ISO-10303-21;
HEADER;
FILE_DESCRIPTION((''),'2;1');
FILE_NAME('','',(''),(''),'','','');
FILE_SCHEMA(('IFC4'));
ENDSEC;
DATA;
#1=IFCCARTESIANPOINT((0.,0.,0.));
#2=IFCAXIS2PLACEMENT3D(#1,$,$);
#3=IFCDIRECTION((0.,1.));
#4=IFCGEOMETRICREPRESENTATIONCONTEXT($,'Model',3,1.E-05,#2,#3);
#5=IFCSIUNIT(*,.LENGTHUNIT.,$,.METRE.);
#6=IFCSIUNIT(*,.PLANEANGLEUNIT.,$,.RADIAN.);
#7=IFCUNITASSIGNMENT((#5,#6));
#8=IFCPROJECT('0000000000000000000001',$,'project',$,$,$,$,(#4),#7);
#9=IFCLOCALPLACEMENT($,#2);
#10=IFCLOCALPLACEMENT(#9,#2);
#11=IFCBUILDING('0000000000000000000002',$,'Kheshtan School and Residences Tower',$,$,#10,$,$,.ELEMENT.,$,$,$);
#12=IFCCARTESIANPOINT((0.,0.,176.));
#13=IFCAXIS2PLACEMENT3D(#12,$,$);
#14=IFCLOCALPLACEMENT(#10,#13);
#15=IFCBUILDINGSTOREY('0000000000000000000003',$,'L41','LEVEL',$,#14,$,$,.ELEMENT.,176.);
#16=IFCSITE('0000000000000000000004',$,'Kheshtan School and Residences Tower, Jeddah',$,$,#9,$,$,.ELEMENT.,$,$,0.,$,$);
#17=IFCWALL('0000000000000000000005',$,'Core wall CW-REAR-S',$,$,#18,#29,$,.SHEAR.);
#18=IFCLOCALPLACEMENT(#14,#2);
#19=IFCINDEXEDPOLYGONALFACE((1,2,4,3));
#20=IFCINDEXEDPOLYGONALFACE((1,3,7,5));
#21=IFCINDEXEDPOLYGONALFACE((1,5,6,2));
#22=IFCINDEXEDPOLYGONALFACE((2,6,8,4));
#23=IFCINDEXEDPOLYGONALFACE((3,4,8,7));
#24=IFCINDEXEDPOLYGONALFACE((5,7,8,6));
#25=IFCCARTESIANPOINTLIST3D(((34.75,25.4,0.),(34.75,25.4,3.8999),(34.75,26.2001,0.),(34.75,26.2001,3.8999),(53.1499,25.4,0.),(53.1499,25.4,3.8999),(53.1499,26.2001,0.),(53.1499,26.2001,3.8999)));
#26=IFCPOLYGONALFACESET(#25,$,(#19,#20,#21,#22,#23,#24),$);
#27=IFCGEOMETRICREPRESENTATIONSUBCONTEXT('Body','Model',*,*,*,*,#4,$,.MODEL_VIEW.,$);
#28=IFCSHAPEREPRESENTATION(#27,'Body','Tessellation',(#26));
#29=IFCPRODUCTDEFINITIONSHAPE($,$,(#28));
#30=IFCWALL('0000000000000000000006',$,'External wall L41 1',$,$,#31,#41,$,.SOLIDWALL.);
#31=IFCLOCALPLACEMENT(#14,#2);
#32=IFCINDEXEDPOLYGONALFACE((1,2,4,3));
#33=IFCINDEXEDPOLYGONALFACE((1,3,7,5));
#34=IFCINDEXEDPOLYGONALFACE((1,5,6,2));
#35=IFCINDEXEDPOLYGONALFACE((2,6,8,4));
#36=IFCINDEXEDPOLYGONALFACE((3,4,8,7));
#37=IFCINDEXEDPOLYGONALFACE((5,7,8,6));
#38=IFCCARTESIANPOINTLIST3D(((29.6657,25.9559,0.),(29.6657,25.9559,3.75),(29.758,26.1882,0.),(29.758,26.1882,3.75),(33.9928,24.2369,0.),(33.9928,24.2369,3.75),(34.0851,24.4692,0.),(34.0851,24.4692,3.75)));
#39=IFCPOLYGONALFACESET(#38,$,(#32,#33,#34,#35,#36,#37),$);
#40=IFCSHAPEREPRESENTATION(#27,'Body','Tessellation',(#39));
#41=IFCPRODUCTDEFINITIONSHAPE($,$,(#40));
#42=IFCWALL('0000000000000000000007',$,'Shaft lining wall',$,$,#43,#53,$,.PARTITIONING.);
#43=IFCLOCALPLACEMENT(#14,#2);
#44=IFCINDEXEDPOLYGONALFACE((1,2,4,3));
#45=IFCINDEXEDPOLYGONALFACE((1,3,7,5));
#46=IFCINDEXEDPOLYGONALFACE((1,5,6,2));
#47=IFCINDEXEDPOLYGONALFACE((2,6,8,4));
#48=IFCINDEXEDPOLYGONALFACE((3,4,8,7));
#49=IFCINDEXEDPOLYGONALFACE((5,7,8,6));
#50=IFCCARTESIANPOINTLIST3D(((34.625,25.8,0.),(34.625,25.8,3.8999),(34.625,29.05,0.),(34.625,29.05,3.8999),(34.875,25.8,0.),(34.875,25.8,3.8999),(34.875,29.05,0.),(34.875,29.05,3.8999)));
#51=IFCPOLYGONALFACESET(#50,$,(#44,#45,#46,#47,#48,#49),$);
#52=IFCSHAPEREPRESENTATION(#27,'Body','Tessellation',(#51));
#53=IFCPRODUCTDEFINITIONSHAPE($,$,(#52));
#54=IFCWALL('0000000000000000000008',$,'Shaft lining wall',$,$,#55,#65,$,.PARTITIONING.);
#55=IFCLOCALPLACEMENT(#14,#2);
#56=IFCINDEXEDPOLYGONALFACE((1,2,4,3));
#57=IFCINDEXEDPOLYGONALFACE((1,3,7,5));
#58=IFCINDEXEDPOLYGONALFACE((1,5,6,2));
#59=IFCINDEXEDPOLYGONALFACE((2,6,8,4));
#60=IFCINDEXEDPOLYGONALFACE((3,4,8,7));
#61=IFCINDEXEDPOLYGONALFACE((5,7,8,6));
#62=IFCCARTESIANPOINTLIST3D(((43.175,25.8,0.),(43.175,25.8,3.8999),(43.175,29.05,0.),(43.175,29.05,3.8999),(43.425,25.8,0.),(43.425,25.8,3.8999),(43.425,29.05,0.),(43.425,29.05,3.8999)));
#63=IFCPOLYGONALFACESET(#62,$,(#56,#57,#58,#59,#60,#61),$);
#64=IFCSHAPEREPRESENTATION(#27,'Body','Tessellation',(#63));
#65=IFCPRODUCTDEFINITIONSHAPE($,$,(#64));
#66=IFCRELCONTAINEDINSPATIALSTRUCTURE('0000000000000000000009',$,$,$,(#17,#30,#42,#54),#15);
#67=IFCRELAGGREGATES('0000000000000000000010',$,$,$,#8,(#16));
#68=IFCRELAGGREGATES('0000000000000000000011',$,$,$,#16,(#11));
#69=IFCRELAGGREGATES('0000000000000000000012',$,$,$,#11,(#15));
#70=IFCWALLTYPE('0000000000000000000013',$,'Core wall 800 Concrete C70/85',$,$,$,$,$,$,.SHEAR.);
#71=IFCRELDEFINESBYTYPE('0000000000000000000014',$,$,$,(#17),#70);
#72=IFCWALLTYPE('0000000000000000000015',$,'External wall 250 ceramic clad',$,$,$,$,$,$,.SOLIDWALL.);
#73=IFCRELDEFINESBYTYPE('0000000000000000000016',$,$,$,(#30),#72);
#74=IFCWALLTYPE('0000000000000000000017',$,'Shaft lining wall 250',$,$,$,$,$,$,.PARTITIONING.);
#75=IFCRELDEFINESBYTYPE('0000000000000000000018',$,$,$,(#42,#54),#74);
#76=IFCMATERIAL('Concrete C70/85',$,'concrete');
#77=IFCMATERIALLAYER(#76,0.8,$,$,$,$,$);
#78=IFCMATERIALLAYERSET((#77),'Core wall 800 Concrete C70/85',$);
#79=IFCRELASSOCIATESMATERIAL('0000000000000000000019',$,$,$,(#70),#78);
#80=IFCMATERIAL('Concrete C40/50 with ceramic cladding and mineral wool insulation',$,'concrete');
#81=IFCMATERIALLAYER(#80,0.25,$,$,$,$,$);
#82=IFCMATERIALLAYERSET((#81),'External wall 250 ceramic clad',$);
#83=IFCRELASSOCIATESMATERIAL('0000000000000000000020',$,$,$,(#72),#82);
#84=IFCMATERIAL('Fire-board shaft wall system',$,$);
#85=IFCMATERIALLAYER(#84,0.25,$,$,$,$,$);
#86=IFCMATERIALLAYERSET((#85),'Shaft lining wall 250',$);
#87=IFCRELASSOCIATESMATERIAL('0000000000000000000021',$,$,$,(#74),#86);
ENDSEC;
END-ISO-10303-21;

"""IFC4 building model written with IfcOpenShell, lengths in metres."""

from ifc_helpers import new_model, si_unit, direction, frame, frame_2d, origin, place, context, subcontext, project, spatial, rectangle, extrude, material, layer, layer_set, type_object, element, save


model = new_model("IFC4")

# Units and contexts
model_context = context("Model", 3, precision=1e-05, world=origin(), true_north=direction((0.0, 1.0)))
body_context = subcontext(model_context, "Body", "Model", "MODEL_VIEW")
ifc_project = project(units=[si_unit("LENGTHUNIT", "METRE"), si_unit("PLANEANGLEUNIT", "RADIAN")], contexts=[model_context])

# Site, building, storey
site_placement = place(None, origin())
site = spatial("IfcSite", under=ifc_project, at=site_placement, Name="Kheshtan School and Residences Tower, Jeddah", CompositionType="ELEMENT", RefElevation=0.0)
building_placement = place(site_placement, origin())
building = spatial("IfcBuilding", under=site, at=building_placement, Name="Kheshtan School and Residences Tower", CompositionType="ELEMENT")
storey_placement = place(building_placement, frame((0.0, 0.0, 176.0)))
storey = spatial("IfcBuildingStorey", under=building, at=storey_placement, Name="L41", Description="LEVEL", CompositionType="ELEMENT", Elevation=176.0)

# Walls
ifc_material_1 = material(Name="Concrete C70/85", Category="concrete")
ifc_layer_1 = layer(ifc_material_1, 0.8)
ifc_layer_set_1 = layer_set([ifc_layer_1], Name="Core wall 800 Concrete C70/85")
wall_type_1 = type_object("IfcWallType", Name="Core wall 800 Concrete C70/85", PredefinedType="SHEAR", material=ifc_layer_set_1)
wall_1_placement = place(storey_placement, frame((34.75, 25.8, 0.0), z_axis=(0.0, 0.0, 1.0), x_axis=(1.0, 0.0, 0.0)))
element("IfcWall", 1, at=wall_1_placement, inside=storey, type_object=wall_type_1, Name="Core wall CW-REAR-S", PredefinedType="SHEAR", context=body_context, shape_type="SweptSolid", body=[
    extrude(rectangle(XDim=18.3999, YDim=0.8, at=frame_2d((9.2, 0.0))), origin(), (0.0, 0.0, 1.0), 3.8999),
])
ifc_material_2 = material(Name="Concrete C40/50 with ceramic cladding and mineral wool insulation", Category="concrete")
ifc_layer_2 = layer(ifc_material_2, 0.25)
ifc_layer_set_2 = layer_set([ifc_layer_2], Name="External wall 250 ceramic clad")
wall_type_2 = type_object("IfcWallType", Name="External wall 250 ceramic clad", PredefinedType="SOLIDWALL", material=ifc_layer_set_2)
wall_2_placement = place(storey_placement, frame((34.0391, 24.353, 0.0), z_axis=(0.0, 0.0, 1.0), x_axis=(-0.929353, 0.369193, 0.0)))
element("IfcWall", 2, at=wall_2_placement, inside=storey, type_object=wall_type_2, Name="External wall L41 1", PredefinedType="SOLIDWALL", context=body_context, shape_type="SweptSolid", body=[
    extrude(rectangle(XDim=4.656, YDim=0.25, at=frame_2d((2.3281, 0.0))), origin(), (0.0, 0.0, 1.0), 3.75),
])
ifc_material_3 = material(Name="Fire-board shaft wall system")
ifc_layer_3 = layer(ifc_material_3, 0.25)
ifc_layer_set_3 = layer_set([ifc_layer_3], Name="Shaft lining wall 250")
wall_type_3 = type_object("IfcWallType", Name="Shaft lining wall 250", PredefinedType="PARTITIONING", material=ifc_layer_set_3)
for number, where, z_axis, x_axis, name in (
    (3, (34.75, 25.8, 0.0), (0.0, 0.0, 1.0), (0.0, 1.0, 0.0), "Shaft lining wall"),
    (4, (43.3, 25.8, 0.0), (0.0, 0.0, 1.0), (0.0, 1.0, 0.0), "Shaft lining wall"),
):
    element("IfcWall", number, at=place(storey_placement, frame(where, z_axis=z_axis, x_axis=x_axis)), inside=storey, type_object=wall_type_3, Name=name, PredefinedType="PARTITIONING", context=body_context, shape_type="SweptSolid", body=[
        extrude(rectangle(XDim=3.25, YDim=0.25, at=frame_2d((1.625, 0.0))), origin(), (0.0, 0.0, 1.0), 3.8999),
    ])

save(model, "model.ifc")
